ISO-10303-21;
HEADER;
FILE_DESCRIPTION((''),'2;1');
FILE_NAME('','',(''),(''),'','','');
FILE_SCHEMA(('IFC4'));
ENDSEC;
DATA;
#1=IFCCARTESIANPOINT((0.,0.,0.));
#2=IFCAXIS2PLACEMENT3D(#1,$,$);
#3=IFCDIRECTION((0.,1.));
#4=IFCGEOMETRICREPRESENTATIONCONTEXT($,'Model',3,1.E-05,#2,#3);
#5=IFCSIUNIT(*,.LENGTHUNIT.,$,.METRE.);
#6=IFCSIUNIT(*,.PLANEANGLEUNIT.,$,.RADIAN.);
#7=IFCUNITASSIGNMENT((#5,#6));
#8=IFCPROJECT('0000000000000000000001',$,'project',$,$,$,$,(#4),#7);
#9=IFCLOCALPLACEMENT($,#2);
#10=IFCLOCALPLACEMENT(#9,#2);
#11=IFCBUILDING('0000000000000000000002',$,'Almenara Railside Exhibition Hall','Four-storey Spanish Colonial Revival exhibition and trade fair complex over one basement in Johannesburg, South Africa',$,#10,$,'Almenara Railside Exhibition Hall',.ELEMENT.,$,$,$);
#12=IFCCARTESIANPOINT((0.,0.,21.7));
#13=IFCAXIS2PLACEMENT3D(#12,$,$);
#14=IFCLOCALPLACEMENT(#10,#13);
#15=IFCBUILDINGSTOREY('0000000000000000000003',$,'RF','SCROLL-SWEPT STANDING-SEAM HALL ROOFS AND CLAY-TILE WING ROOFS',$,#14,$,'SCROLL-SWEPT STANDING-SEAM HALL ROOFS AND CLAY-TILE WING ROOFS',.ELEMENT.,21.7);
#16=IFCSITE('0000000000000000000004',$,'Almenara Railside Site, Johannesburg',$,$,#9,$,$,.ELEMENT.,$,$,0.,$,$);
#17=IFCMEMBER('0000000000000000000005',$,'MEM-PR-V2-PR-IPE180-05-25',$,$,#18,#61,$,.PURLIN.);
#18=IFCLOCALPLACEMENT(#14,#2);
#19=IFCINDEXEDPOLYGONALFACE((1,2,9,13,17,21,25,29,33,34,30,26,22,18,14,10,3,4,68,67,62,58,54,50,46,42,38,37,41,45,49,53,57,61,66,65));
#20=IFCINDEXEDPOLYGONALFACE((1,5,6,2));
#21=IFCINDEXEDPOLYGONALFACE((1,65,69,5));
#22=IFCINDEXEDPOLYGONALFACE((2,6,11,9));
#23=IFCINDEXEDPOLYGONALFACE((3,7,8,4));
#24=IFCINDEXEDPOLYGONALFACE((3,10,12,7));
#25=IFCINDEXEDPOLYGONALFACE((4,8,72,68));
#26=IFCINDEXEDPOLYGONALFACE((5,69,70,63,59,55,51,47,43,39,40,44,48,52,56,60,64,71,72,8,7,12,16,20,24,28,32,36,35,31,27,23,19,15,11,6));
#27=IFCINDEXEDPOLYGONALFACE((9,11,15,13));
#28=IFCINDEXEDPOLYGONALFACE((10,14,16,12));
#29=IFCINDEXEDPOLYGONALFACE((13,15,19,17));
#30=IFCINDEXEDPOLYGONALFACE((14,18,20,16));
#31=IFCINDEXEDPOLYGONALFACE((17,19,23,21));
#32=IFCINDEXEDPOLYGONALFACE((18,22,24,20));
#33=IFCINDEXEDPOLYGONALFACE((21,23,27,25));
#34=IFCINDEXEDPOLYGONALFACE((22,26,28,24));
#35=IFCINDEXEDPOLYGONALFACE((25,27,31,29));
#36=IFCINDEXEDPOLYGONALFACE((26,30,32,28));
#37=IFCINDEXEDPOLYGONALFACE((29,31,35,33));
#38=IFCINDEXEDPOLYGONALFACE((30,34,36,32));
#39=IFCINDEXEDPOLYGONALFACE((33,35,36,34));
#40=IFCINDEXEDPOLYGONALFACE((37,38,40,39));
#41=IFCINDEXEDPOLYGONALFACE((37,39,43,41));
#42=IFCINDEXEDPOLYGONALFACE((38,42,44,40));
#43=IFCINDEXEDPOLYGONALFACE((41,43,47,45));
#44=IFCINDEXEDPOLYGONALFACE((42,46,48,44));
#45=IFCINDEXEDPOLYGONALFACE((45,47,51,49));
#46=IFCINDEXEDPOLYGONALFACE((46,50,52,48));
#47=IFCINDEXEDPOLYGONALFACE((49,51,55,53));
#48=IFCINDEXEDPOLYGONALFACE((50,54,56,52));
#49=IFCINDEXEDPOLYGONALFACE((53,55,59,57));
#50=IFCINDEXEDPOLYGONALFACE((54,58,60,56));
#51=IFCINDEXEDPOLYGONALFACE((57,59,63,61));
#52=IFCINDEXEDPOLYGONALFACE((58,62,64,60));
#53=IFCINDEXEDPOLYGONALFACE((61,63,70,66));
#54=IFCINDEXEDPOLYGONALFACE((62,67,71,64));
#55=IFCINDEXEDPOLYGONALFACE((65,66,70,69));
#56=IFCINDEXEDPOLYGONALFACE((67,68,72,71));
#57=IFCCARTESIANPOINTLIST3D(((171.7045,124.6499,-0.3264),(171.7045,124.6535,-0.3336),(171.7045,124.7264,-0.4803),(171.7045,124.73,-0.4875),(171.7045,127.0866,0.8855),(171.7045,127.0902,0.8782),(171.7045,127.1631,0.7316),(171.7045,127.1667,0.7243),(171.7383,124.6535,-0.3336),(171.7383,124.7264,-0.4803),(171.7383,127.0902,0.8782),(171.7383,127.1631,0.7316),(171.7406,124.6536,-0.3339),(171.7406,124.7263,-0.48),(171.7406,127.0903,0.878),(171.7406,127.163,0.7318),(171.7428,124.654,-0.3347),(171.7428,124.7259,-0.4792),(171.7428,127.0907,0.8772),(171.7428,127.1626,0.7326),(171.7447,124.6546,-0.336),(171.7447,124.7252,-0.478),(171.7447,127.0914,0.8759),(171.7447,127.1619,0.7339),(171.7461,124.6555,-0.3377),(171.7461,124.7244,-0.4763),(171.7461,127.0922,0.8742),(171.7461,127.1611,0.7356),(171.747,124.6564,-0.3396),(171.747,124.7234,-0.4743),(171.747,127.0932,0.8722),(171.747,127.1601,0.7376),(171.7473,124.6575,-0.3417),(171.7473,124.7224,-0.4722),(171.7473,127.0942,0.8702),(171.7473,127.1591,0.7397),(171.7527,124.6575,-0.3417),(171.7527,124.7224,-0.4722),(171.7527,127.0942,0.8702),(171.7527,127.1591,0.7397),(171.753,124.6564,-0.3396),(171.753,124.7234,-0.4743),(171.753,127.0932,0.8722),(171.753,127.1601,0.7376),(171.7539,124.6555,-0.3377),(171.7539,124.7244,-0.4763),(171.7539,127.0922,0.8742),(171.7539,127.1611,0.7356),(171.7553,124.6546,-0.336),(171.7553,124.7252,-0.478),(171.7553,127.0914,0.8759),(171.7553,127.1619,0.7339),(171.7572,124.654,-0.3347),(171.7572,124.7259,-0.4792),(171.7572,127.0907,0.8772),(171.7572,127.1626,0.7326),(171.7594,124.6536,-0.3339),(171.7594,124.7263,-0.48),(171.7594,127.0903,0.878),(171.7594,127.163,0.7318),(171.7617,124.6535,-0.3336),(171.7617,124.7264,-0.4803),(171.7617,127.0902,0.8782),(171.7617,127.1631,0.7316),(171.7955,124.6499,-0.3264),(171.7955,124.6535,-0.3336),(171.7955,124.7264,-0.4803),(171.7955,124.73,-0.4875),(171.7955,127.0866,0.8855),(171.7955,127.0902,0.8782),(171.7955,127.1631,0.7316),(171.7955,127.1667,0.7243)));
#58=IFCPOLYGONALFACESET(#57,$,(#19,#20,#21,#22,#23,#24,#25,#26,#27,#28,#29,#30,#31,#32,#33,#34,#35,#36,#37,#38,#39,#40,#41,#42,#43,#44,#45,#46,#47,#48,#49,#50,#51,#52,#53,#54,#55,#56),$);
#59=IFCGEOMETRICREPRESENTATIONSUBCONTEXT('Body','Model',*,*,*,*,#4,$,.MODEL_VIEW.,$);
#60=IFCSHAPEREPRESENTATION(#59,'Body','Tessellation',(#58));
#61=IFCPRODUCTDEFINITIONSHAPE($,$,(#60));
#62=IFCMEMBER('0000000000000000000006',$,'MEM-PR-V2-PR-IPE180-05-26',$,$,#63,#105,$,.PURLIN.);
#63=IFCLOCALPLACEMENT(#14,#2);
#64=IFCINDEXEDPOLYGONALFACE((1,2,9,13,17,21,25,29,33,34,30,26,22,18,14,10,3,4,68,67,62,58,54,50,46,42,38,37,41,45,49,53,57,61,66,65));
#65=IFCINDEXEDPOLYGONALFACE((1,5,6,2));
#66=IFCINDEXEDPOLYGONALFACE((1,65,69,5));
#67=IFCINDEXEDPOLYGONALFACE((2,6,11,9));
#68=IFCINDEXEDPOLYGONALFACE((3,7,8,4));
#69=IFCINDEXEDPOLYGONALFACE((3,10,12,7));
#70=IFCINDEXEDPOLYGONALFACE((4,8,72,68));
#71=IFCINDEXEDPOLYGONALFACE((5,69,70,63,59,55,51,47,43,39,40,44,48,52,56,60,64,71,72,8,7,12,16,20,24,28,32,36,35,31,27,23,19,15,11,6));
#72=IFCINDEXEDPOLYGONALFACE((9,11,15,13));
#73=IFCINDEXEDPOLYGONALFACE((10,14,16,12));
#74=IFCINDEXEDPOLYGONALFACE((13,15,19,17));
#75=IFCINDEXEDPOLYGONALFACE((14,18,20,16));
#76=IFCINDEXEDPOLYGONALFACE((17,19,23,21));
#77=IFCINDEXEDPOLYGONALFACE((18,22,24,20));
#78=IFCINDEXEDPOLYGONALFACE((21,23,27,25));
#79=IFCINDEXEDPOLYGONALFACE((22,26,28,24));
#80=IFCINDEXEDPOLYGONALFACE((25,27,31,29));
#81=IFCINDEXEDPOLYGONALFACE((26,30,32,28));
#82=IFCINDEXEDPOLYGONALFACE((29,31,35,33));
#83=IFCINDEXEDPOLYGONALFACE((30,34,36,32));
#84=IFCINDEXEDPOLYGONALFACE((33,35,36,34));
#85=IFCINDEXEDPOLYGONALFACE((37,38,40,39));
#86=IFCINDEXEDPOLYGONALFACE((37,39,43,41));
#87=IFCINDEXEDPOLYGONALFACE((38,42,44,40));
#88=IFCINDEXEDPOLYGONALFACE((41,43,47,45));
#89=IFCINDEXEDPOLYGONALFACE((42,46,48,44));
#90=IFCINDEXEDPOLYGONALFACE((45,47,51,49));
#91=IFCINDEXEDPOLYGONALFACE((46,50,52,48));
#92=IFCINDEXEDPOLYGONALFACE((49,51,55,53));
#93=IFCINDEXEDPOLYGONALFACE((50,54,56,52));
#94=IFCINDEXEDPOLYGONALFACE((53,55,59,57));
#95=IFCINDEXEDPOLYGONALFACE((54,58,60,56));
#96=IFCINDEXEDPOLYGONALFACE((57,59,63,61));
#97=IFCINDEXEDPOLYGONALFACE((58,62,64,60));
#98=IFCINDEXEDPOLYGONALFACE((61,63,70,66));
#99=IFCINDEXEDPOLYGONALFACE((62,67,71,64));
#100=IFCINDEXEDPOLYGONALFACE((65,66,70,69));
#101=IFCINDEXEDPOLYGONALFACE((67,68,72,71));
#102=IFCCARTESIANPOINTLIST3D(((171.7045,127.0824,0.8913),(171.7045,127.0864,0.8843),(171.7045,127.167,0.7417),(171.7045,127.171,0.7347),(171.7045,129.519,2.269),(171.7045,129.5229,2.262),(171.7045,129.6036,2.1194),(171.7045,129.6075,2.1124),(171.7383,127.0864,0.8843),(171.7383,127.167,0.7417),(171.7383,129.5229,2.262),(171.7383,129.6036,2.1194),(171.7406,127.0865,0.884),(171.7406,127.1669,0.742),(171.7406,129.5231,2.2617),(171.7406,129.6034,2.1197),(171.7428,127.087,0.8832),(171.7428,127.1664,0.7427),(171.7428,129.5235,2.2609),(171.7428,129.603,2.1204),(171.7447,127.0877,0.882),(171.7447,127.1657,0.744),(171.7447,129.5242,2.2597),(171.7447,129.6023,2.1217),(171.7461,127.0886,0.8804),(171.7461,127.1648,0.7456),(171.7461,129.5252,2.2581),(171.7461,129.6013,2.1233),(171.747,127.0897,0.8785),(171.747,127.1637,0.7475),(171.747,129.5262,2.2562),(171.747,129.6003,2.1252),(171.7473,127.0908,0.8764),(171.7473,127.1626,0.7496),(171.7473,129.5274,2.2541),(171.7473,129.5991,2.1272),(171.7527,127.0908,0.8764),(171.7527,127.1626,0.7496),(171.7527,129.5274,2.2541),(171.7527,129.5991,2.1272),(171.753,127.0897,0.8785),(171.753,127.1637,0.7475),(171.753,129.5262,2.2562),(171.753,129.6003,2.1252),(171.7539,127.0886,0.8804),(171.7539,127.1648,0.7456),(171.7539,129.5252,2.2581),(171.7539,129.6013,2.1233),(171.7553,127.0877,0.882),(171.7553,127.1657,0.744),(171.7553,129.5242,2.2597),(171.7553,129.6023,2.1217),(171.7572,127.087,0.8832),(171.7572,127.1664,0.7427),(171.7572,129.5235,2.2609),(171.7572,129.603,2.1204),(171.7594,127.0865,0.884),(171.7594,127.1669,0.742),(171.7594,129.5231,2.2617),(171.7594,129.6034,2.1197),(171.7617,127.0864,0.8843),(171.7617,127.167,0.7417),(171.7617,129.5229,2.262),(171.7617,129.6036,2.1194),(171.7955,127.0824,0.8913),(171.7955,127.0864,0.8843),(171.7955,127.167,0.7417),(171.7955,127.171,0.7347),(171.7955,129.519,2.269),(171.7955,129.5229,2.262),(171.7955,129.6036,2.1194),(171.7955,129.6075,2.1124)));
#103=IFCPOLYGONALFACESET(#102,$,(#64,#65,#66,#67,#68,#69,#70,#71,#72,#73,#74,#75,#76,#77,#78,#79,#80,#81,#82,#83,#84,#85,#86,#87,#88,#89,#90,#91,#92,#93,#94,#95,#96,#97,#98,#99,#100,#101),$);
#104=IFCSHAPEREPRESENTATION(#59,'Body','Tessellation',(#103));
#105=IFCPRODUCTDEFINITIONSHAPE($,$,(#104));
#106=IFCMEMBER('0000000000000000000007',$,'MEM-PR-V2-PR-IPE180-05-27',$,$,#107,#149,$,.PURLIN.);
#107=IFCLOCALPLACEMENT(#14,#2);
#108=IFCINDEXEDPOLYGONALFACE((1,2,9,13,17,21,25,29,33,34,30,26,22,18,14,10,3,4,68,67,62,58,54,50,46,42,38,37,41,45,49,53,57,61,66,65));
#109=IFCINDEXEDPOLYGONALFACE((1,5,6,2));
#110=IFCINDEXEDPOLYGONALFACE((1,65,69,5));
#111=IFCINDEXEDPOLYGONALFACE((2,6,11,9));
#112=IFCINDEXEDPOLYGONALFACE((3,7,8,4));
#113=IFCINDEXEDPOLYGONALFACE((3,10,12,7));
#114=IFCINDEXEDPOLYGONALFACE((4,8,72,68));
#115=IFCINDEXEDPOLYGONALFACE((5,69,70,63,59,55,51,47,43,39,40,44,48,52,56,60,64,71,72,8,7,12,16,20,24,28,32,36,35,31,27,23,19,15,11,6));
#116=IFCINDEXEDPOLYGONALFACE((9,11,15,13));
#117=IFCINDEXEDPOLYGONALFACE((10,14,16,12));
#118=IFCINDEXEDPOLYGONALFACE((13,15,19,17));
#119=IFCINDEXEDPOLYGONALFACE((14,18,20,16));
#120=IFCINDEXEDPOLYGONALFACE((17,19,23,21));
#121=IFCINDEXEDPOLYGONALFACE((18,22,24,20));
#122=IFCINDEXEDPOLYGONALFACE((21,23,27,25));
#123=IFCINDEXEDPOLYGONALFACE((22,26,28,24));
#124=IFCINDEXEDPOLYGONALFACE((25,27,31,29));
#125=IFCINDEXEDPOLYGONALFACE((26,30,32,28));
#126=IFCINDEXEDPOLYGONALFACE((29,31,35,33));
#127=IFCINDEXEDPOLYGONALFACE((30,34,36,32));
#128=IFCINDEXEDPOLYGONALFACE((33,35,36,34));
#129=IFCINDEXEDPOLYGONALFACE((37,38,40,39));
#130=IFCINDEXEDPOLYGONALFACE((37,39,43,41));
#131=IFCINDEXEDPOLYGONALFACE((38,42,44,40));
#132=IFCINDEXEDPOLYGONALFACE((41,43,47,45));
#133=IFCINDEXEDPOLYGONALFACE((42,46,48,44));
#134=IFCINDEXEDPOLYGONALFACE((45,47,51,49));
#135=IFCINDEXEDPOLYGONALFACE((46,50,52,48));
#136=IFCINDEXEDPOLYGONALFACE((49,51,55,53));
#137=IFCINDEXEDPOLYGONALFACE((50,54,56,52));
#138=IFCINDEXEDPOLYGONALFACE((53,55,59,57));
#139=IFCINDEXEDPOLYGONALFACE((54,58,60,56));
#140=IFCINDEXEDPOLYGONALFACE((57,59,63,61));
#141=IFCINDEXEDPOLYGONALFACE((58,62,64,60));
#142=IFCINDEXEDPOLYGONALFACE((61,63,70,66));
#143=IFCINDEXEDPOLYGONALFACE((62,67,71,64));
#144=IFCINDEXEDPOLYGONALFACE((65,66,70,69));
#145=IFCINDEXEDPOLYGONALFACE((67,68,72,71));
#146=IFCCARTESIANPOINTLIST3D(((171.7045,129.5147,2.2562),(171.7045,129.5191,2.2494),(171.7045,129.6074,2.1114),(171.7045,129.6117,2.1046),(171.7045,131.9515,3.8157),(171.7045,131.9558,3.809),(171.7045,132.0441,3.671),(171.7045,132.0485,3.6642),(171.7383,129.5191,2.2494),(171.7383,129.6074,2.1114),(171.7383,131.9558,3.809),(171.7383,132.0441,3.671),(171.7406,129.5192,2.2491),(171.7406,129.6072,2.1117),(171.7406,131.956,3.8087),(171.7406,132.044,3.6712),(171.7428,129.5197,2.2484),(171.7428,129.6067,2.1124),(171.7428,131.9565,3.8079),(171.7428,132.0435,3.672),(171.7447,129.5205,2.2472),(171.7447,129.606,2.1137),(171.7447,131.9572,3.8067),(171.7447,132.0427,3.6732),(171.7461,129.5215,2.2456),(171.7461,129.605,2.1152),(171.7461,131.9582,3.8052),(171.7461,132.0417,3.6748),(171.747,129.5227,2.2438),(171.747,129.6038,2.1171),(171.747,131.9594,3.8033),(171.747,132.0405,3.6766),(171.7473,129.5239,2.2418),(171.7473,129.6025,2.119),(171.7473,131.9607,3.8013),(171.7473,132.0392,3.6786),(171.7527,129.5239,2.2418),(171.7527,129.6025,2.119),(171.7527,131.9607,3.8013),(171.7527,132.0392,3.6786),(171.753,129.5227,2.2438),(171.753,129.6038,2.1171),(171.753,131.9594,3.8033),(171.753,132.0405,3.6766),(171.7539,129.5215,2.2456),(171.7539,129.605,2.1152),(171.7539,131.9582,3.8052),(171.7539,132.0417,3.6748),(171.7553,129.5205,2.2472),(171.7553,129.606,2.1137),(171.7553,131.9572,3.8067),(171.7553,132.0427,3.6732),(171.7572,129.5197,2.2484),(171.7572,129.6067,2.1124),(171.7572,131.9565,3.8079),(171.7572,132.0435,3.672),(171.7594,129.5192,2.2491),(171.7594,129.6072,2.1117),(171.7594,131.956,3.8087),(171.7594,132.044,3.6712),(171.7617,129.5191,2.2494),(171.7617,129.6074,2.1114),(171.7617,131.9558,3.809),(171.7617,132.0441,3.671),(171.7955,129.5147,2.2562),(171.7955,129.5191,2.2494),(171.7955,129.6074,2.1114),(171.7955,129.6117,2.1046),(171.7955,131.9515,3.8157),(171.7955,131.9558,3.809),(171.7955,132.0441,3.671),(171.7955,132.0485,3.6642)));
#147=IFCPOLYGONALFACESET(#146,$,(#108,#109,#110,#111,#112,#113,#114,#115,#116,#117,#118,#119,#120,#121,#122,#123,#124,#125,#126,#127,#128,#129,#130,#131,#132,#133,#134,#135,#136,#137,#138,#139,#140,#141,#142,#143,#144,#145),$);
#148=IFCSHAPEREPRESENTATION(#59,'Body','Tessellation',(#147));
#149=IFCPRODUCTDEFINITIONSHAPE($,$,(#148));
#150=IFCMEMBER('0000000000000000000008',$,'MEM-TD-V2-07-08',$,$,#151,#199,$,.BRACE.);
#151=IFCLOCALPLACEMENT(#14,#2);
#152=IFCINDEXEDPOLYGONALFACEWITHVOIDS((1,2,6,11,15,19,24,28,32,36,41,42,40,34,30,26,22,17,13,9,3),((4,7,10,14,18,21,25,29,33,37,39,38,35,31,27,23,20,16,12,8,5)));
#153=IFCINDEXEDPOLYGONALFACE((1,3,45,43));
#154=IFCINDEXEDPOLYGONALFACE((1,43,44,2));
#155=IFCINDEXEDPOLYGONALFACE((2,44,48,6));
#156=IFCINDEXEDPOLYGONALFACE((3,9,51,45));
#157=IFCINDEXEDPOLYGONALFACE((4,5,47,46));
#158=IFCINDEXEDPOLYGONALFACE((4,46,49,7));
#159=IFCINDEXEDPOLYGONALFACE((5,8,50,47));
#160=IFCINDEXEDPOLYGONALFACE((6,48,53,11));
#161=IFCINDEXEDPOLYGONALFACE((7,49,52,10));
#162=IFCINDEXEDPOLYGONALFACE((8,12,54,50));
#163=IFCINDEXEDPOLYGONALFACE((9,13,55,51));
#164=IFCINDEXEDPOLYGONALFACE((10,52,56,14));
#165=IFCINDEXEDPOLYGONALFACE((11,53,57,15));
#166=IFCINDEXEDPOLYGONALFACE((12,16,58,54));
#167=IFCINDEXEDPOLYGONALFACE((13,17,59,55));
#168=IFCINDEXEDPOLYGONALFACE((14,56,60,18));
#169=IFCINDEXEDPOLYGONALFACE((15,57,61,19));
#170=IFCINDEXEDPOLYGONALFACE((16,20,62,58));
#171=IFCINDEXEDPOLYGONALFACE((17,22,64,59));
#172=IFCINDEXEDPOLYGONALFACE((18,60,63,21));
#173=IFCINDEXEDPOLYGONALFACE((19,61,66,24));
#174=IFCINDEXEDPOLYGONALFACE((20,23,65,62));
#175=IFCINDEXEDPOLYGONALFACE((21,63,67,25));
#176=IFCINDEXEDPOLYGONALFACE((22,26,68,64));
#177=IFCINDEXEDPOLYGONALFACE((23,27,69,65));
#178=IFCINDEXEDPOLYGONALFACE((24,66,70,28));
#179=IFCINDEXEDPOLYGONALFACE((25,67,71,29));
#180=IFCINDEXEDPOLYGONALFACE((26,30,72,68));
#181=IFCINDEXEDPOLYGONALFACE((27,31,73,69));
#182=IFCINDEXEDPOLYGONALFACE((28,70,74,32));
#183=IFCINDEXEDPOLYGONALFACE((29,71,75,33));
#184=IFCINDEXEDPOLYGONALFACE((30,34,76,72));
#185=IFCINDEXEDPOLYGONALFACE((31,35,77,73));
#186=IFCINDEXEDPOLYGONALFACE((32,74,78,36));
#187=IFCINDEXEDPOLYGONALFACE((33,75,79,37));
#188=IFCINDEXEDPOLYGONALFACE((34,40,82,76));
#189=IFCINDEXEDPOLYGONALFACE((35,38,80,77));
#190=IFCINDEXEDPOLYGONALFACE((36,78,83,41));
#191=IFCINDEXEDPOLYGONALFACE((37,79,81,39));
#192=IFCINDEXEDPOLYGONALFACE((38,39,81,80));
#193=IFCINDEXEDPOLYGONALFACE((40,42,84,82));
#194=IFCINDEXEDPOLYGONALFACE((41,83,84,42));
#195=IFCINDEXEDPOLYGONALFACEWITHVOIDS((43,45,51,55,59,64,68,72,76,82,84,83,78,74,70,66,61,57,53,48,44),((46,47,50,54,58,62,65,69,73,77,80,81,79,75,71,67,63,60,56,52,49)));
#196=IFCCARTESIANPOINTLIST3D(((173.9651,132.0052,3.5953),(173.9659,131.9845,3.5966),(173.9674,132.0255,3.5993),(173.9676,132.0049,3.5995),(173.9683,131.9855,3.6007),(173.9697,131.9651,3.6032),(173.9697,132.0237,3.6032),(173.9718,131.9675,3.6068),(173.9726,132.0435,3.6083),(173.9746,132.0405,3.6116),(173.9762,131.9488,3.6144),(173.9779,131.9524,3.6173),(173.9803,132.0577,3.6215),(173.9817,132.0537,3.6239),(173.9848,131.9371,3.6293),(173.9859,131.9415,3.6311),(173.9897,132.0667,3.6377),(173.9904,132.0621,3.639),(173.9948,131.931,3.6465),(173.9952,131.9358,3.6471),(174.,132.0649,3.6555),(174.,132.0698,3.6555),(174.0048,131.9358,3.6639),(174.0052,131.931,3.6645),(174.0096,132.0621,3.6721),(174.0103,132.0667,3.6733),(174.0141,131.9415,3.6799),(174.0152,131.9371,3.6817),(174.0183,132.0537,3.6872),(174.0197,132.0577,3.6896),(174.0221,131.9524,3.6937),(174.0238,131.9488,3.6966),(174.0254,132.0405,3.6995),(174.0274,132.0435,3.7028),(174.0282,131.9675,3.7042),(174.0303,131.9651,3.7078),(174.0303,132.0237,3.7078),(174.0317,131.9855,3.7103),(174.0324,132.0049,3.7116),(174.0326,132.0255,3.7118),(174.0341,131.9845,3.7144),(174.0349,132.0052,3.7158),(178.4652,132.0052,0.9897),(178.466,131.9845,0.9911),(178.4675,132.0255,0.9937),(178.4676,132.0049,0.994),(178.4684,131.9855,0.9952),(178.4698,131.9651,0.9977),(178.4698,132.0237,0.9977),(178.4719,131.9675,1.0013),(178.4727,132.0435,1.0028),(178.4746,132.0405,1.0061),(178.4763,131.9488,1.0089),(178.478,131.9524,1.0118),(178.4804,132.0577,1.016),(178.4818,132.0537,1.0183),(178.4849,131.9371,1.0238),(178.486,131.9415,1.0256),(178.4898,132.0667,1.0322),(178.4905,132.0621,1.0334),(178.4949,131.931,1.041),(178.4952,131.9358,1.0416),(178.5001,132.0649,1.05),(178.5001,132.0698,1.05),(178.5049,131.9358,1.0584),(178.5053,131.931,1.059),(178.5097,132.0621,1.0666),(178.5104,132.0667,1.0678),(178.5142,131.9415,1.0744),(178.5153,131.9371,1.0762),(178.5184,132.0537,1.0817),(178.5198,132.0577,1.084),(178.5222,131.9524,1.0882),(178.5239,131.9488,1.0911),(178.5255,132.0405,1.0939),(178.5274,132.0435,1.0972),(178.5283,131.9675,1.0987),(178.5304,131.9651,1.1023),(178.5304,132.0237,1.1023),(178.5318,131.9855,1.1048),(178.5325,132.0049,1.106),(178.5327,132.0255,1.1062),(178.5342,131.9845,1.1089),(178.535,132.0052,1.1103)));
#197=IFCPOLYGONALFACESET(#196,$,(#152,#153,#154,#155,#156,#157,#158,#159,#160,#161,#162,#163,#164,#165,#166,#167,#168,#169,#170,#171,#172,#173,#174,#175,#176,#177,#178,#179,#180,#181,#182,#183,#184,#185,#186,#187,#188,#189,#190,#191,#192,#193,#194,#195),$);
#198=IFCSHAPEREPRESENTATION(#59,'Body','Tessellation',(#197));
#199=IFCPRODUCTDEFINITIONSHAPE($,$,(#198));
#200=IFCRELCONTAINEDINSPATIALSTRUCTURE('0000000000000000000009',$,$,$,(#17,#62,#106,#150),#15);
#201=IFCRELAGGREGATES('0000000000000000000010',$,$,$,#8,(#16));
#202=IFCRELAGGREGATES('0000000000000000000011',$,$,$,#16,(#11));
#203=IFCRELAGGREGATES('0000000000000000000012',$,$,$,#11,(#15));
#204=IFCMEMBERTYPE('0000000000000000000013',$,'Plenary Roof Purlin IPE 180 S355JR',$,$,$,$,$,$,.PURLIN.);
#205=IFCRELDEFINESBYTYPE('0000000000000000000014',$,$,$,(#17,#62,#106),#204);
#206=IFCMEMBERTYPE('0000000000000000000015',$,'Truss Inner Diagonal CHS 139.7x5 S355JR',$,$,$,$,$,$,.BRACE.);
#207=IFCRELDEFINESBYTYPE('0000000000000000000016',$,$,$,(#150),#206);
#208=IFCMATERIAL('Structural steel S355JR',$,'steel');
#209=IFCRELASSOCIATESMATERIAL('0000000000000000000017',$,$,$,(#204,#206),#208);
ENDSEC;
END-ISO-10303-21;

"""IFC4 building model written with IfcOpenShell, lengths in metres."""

from ifc_helpers import new_model, si_unit, direction, frame, origin, origin_2d, place, context, subcontext, project, spatial, hollow_circle, i_section, extrude, material, material_profile, profile_set, type_object, element, save


model = new_model("IFC4")

# Units and contexts
model_context = context("Model", 3, precision=1e-05, world=origin(), true_north=direction((0.0, 1.0)))
body_context = subcontext(model_context, "Body", "Model", "MODEL_VIEW")
ifc_project = project(units=[si_unit("LENGTHUNIT", "METRE"), si_unit("PLANEANGLEUNIT", "RADIAN")], contexts=[model_context])

# Site, building, storey
site_placement = place(None, origin())
site = spatial("IfcSite", under=ifc_project, at=site_placement, Name="Almenara Railside Site, Johannesburg", CompositionType="ELEMENT", RefElevation=0.0)
building_placement = place(site_placement, origin())
building = spatial("IfcBuilding", under=site, at=building_placement, Name="Almenara Railside Exhibition Hall", Description="Four-storey Spanish Colonial Revival exhibition and trade fair complex over one basement in Johannesburg, South Africa", LongName="Almenara Railside Exhibition Hall", CompositionType="ELEMENT")
storey_placement = place(building_placement, frame((0.0, 0.0, 21.7)))
storey = spatial("IfcBuildingStorey", under=building, at=storey_placement, Name="RF", Description="SCROLL-SWEPT STANDING-SEAM HALL ROOFS AND CLAY-TILE WING ROOFS", LongName="SCROLL-SWEPT STANDING-SEAM HALL ROOFS AND CLAY-TILE WING ROOFS", CompositionType="ELEMENT", Elevation=21.7)

# Shared definitions
ifc_material_1 = material(Name="Structural steel S355JR", Category="steel")

# Members
ifc_material_profile_1 = material_profile(ifc_material_1, i_section(OverallWidth=0.0911, OverallDepth=0.1799, WebThickness=0.0054, FlangeThickness=0.0081, FilletRadius=0.009, at=origin_2d()), Name="IPE 180")
ifc_profile_set_1 = profile_set([ifc_material_profile_1], Name="Structural steel S355JR")
member_type_1 = type_object("IfcMemberType", Name="Plenary Roof Purlin IPE 180 S355JR", PredefinedType="PURLIN", material=ifc_profile_set_1)
member_1_placement = place(storey_placement, frame((171.75, 124.6899, -0.407), z_axis=(0.0, 0.895376, 0.445311), x_axis=(-1.0, 0.0, 0.0)))
element("IfcMember", 1, at=member_1_placement, inside=storey, type_object=member_type_1, Name="MEM-PR-V2-PR-IPE180-05-25", PredefinedType="PURLIN", context=body_context, shape_type="SweptSolid", body=[
    extrude(i_section(OverallWidth=0.0911, OverallDepth=0.1799, WebThickness=0.0054, FlangeThickness=0.0081, FilletRadius=0.009, at=origin_2d()), origin(), (0.0, 0.0, 1.0), 2.7214),
])
member_2_placement = place(storey_placement, frame((171.75, 127.1267, 0.813), z_axis=(0.0, 0.870483, 0.492198), x_axis=(-1.0, 0.0, 0.0)))
element("IfcMember", 2, at=member_2_placement, inside=storey, type_object=member_type_1, Name="MEM-PR-V2-PR-IPE180-05-26", PredefinedType="PURLIN", context=body_context, shape_type="SweptSolid", body=[
    extrude(i_section(OverallWidth=0.0911, OverallDepth=0.1799, WebThickness=0.0054, FlangeThickness=0.0081, FilletRadius=0.009, at=origin_2d()), origin(), (0.0, 0.0, 1.0), 2.7991),
])
member_3_placement = place(storey_placement, frame((171.75, 129.5632, 2.1804), z_axis=(0.0, 0.842265, 0.539063), x_axis=(-1.0, 0.0, 0.0)))
element("IfcMember", 3, at=member_3_placement, inside=storey, type_object=member_type_1, Name="MEM-PR-V2-PR-IPE180-05-27", PredefinedType="PURLIN", context=body_context, shape_type="SweptSolid", body=[
    extrude(i_section(OverallWidth=0.0911, OverallDepth=0.1799, WebThickness=0.0054, FlangeThickness=0.0081, FilletRadius=0.009, at=origin_2d()), origin(), (0.0, 0.0, 1.0), 2.8931),
])
ifc_material_profile_2 = material_profile(ifc_material_1, hollow_circle(Radius=0.0698, WallThickness=0.0049, at=origin_2d()), Name="CHS 139.7x5")
ifc_profile_set_2 = profile_set([ifc_material_profile_2], Name="Structural steel S355JR")
member_type_2 = type_object("IfcMemberType", Name="Truss Inner Diagonal CHS 139.7x5 S355JR", PredefinedType="BRACE", material=ifc_profile_set_2)
member_4_placement = place(storey_placement, frame((174.0, 132.0, 3.6555), z_axis=(0.865409, 0.0, -0.501066), x_axis=(0.0, 1.0, 0.0)))
element("IfcMember", 4, at=member_4_placement, inside=storey, type_object=member_type_2, Name="MEM-TD-V2-07-08", PredefinedType="BRACE", context=body_context, shape_type="SweptSolid", body=[
    extrude(hollow_circle(Radius=0.0698, WallThickness=0.0049, at=origin_2d()), origin(), (0.0, 0.0, 1.0), 5.2),
])

save(model, "model.ifc")
